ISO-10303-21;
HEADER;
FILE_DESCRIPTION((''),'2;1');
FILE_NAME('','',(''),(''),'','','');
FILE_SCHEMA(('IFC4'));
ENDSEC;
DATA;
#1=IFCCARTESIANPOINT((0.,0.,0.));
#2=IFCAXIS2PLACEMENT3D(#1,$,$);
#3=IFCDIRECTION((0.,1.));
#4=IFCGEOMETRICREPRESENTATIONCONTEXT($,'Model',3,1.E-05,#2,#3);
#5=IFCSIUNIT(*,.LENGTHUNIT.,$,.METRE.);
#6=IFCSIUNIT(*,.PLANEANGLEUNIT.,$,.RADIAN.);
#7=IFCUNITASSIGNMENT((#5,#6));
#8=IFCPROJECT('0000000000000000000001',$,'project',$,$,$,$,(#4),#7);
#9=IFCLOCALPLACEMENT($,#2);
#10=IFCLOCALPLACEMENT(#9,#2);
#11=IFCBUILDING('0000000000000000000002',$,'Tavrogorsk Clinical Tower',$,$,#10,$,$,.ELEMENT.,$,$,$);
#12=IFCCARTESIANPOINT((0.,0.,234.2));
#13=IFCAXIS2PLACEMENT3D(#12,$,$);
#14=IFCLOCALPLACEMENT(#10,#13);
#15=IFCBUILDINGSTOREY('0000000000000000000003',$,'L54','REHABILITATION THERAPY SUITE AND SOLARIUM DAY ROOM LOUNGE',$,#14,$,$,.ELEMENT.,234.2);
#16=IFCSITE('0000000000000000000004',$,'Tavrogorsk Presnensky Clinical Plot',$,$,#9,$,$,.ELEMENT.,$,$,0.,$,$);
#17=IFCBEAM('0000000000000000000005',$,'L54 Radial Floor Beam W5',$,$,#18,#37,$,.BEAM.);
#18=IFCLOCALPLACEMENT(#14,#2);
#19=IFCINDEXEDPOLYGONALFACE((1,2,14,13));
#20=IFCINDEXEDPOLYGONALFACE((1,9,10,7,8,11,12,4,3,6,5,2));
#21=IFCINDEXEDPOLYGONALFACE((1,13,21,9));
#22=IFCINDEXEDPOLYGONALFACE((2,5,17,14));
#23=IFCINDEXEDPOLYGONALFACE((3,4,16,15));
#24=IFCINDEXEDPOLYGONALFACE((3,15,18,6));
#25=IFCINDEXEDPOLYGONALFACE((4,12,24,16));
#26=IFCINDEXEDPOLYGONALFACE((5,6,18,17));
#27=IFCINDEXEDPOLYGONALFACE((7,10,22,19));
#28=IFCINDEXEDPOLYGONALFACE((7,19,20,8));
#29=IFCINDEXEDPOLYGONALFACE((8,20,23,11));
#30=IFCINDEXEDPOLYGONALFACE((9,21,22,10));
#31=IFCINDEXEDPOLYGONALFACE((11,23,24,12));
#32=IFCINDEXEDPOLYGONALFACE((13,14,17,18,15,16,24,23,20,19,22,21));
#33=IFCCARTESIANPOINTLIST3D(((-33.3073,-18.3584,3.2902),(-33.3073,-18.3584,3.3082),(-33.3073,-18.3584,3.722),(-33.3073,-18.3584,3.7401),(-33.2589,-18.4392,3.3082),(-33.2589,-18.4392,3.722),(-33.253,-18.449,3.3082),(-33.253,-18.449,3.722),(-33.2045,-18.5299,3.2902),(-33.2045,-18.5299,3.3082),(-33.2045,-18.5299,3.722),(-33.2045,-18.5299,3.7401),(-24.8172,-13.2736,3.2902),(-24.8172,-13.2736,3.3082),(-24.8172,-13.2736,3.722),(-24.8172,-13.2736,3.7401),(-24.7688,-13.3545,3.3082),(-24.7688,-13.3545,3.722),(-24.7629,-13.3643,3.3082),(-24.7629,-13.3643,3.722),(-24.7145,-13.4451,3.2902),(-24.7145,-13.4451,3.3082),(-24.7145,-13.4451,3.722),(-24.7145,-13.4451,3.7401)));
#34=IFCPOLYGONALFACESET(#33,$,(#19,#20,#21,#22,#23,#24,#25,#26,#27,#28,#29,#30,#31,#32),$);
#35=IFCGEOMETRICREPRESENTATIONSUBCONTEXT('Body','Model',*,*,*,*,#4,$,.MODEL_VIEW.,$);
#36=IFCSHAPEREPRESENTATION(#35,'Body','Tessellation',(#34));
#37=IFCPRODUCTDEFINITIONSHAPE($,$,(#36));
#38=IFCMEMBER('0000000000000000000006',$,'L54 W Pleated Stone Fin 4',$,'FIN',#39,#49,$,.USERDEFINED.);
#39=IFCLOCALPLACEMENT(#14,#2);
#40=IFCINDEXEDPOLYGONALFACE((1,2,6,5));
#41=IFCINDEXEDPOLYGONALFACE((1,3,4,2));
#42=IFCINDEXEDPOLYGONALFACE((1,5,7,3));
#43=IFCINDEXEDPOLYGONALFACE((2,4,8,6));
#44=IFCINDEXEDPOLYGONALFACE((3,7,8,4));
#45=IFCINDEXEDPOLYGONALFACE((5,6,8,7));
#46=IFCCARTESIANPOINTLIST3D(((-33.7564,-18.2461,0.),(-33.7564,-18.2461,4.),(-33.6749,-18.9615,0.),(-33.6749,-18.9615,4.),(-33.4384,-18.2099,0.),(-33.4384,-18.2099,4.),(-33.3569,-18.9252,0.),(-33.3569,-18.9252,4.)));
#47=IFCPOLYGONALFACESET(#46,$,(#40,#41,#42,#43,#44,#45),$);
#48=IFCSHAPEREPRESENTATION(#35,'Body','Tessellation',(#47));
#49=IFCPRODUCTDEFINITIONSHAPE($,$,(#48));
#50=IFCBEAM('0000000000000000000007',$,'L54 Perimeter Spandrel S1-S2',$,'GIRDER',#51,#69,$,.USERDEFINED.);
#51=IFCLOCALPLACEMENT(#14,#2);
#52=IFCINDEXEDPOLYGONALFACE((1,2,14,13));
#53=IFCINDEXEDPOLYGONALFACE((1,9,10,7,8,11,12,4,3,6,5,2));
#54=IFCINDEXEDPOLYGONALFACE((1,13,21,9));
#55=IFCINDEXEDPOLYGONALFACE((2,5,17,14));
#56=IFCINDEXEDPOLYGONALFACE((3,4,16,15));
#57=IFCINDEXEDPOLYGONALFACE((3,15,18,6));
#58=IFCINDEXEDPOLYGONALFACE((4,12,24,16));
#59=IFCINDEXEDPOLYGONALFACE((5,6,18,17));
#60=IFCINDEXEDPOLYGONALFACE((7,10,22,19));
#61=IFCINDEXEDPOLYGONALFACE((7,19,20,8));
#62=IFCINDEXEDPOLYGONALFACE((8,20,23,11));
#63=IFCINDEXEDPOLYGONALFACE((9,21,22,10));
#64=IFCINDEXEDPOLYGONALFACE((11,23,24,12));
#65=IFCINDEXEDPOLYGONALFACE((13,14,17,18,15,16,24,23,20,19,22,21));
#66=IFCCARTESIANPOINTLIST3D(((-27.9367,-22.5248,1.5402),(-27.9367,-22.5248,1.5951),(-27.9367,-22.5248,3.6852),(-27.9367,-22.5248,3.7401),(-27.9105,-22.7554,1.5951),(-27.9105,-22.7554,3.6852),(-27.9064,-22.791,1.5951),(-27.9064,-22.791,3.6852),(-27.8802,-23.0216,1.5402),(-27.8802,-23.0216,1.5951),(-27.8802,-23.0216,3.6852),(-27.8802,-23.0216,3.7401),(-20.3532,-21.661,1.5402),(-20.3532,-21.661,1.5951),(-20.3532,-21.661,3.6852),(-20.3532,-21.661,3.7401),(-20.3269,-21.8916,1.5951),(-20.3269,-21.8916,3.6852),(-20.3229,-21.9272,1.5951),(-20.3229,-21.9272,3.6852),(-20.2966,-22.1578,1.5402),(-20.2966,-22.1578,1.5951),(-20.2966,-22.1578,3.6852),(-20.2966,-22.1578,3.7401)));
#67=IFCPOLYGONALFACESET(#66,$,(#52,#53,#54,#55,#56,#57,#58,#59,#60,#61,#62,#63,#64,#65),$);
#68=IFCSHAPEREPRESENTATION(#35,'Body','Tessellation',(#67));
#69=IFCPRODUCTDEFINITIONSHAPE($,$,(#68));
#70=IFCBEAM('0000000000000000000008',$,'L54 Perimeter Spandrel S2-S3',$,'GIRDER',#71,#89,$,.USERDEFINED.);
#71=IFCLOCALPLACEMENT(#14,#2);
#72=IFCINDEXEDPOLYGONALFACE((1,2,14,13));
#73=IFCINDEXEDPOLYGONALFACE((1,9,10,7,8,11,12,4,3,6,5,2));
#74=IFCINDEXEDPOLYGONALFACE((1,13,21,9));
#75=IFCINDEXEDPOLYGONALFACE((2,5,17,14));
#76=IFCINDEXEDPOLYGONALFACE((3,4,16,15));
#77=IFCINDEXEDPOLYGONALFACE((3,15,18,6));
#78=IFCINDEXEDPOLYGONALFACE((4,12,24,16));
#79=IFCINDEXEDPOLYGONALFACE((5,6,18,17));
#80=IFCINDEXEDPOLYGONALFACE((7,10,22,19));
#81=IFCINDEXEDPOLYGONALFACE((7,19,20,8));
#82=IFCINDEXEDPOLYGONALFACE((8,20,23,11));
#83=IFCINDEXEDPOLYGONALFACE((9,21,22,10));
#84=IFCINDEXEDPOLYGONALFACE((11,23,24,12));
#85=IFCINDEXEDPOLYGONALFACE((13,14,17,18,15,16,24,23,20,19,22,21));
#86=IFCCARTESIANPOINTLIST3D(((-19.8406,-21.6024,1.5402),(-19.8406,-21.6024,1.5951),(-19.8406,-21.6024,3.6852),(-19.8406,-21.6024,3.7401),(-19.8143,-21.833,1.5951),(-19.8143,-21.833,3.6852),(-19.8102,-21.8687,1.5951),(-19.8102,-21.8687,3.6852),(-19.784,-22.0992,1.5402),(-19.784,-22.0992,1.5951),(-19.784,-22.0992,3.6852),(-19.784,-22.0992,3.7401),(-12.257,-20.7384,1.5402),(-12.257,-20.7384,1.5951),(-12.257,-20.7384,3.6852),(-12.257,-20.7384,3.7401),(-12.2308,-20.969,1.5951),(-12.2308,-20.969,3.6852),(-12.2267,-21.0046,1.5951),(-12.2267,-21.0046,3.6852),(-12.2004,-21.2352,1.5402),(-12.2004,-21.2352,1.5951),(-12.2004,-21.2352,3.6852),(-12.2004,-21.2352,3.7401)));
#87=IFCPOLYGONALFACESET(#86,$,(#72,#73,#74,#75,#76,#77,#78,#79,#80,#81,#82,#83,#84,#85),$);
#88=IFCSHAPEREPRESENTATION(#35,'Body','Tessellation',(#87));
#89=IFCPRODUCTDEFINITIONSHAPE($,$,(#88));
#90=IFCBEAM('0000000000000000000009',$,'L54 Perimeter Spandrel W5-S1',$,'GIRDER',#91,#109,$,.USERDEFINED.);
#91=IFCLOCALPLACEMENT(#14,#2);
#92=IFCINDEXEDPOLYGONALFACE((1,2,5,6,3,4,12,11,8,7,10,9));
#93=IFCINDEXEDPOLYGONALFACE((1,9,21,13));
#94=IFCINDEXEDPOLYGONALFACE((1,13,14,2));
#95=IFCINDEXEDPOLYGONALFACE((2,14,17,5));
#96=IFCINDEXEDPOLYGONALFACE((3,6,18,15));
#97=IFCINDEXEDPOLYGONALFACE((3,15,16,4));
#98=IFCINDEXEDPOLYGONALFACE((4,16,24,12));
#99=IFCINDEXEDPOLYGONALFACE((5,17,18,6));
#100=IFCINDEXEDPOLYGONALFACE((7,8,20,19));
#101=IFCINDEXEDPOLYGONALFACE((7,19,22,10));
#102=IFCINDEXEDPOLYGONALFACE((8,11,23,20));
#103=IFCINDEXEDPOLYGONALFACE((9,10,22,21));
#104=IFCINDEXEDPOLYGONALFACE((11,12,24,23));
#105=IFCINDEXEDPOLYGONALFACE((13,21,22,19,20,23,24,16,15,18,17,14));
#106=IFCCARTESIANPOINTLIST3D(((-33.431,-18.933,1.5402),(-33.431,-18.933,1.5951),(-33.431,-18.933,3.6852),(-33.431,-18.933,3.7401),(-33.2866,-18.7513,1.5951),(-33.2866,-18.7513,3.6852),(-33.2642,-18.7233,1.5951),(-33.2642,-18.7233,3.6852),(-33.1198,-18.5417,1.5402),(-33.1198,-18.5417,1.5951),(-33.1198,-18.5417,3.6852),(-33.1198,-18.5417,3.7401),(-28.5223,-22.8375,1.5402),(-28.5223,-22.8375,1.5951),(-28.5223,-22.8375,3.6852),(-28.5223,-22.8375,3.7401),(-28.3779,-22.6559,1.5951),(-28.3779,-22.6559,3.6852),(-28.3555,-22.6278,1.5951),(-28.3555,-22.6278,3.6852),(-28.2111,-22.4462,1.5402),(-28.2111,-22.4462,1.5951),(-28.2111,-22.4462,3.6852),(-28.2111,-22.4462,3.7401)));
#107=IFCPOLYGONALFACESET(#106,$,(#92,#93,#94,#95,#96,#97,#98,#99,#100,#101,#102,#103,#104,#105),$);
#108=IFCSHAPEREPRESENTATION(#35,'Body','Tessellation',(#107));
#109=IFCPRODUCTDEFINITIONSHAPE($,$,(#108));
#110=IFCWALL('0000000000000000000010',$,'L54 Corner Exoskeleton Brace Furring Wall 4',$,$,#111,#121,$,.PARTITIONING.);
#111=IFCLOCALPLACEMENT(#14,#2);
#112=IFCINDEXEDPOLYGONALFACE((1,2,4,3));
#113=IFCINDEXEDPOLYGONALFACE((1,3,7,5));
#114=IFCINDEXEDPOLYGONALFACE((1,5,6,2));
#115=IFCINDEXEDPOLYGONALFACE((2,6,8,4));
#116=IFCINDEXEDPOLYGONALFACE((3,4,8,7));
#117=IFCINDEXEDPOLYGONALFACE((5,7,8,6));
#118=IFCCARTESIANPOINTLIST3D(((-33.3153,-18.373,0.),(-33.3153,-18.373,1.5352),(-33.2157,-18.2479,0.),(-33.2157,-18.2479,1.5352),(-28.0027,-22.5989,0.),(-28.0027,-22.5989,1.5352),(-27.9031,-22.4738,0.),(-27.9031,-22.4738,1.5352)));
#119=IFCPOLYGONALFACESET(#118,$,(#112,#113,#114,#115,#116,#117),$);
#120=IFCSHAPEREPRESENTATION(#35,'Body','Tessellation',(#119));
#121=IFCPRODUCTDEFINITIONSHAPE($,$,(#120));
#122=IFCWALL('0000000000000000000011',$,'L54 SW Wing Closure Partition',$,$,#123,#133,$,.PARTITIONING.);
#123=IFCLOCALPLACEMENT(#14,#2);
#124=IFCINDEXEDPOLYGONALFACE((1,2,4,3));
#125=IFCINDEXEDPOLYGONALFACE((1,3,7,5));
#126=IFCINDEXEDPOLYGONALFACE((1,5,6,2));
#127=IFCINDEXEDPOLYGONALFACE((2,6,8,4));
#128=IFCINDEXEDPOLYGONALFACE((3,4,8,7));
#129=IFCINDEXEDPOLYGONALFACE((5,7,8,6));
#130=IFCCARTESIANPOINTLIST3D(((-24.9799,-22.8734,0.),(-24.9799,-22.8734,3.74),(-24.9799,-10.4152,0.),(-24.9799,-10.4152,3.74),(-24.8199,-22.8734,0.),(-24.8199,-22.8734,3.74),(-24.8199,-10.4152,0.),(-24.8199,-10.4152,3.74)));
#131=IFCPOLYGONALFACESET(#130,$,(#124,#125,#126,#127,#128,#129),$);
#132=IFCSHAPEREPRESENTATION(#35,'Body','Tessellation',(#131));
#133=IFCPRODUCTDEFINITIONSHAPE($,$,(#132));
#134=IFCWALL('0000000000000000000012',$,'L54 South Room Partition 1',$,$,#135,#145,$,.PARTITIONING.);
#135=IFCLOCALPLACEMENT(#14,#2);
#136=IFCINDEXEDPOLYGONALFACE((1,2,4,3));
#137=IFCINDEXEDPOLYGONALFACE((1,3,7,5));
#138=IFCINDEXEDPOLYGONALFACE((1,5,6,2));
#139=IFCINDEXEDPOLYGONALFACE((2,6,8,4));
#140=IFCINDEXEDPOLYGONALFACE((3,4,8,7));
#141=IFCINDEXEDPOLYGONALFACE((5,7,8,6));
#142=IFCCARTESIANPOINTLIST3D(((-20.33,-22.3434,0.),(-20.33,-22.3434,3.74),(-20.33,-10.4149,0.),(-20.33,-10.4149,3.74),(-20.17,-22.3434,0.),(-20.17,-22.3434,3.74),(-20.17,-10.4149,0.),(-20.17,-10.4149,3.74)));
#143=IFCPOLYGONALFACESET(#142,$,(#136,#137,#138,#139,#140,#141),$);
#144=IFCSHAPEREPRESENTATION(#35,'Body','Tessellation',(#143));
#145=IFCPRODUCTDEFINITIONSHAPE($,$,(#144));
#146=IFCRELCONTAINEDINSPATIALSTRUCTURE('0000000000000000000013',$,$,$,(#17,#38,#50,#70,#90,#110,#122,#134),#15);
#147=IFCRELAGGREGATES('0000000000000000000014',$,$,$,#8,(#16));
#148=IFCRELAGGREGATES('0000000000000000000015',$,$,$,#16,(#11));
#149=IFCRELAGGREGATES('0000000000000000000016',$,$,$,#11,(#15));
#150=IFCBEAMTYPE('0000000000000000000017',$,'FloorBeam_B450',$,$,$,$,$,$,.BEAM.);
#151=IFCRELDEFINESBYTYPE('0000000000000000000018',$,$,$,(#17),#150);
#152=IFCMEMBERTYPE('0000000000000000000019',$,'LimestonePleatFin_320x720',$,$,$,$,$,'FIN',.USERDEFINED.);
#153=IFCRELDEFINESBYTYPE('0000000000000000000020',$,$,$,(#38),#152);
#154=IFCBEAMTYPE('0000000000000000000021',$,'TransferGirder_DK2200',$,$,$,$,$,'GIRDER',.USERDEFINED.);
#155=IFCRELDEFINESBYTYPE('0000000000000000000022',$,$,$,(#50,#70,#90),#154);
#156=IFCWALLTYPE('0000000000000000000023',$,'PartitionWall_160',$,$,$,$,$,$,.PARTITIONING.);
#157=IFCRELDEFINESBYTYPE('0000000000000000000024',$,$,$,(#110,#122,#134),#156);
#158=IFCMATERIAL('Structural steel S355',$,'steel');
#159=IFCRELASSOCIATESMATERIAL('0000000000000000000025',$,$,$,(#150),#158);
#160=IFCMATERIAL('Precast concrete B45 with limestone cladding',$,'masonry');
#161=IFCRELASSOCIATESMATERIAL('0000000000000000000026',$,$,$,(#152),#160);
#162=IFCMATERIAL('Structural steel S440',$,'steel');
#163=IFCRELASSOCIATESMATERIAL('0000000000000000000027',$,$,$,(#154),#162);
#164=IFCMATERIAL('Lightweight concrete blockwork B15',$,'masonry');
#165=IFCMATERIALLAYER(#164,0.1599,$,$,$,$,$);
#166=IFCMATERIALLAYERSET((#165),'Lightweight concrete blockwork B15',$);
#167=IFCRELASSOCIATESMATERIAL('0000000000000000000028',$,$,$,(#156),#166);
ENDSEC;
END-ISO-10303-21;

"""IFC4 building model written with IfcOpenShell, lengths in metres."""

from ifc_helpers import new_model, si_unit, direction, frame, frame_2d, origin, origin_2d, place, context, subcontext, project, spatial, rectangle, i_section, extrude, material, layer, layer_set, material_profile, profile_set, type_object, element, save


model = new_model("IFC4")

# Units and contexts
model_context = context("Model", 3, precision=1e-05, world=origin(), true_north=direction((0.0, 1.0)))
body_context = subcontext(model_context, "Body", "Model", "MODEL_VIEW")
ifc_project = project(units=[si_unit("LENGTHUNIT", "METRE"), si_unit("PLANEANGLEUNIT", "RADIAN")], contexts=[model_context])

# Site, building, storey
site_placement = place(None, origin())
site = spatial("IfcSite", under=ifc_project, at=site_placement, Name="Tavrogorsk Presnensky Clinical Plot", CompositionType="ELEMENT", RefElevation=0.0)
building_placement = place(site_placement, origin())
building = spatial("IfcBuilding", under=site, at=building_placement, Name="Tavrogorsk Clinical Tower", CompositionType="ELEMENT")
storey_placement = place(building_placement, frame((0.0, 0.0, 234.2)))
storey = spatial("IfcBuildingStorey", under=building, at=storey_placement, Name="L54", Description="REHABILITATION THERAPY SUITE AND SOLARIUM DAY ROOM LOUNGE", CompositionType="ELEMENT", Elevation=234.2)

# Beam
ifc_material_1 = material(Name="Structural steel S355", Category="steel")
ifc_material_profile_1 = material_profile(ifc_material_1, i_section(OverallWidth=0.2, OverallDepth=0.45, WebThickness=0.0115, FlangeThickness=0.0181, at=origin_2d()), Name="B-450x200x11.5x18")
ifc_profile_set_1 = profile_set([ifc_material_profile_1], Name="Structural steel S355")
beam_type_1 = type_object("IfcBeamType", Name="FloorBeam_B450", PredefinedType="BEAM", material=ifc_profile_set_1)
beam_1_placement = place(storey_placement, frame((-24.7659, -13.3594, 3.5151), z_axis=(-0.857906, -0.513806, 0.0), x_axis=(0.513806, -0.857906, 0.0)))
element("IfcBeam", 1, at=beam_1_placement, inside=storey, type_object=beam_type_1, Name="L54 Radial Floor Beam W5", PredefinedType="BEAM", context=body_context, shape_type="SweptSolid", body=[
    extrude(i_section(OverallWidth=0.2, OverallDepth=0.45, WebThickness=0.0115, FlangeThickness=0.0181, at=origin_2d()), origin(), (0.0, 0.0, 1.0), 9.8962),
])

# Member
ifc_material_2 = material(Name="Precast concrete B45 with limestone cladding", Category="masonry")
ifc_material_profile_2 = material_profile(ifc_material_2, rectangle(XDim=0.3201, YDim=0.72, at=origin_2d()), Name="LIMESTONE-FIN-320x720")
ifc_profile_set_2 = profile_set([ifc_material_profile_2], Name="Precast concrete B45 with limestone cladding")
member_type_1 = type_object("IfcMemberType", Name="LimestonePleatFin_320x720", ElementType="FIN", PredefinedType="USERDEFINED", material=ifc_profile_set_2)
member_1_placement = place(storey_placement, frame((-33.5566, -18.5857, 0.0), z_axis=(0.0, 0.0, 1.0), x_axis=(0.993572, 0.113203, 0.0)))
element("IfcMember", 2, at=member_1_placement, inside=storey, type_object=member_type_1, Name="L54 W Pleated Stone Fin 4", ObjectType="FIN", PredefinedType="USERDEFINED", context=body_context, shape_type="SweptSolid", body=[
    extrude(rectangle(XDim=0.3201, YDim=0.72, at=origin_2d()), origin(), (0.0, 0.0, 1.0), 4.0),
])

# Beams
ifc_material_3 = material(Name="Structural steel S440", Category="steel")
ifc_material_profile_3 = material_profile(ifc_material_3, i_section(OverallWidth=0.5, OverallDepth=2.2, WebThickness=0.0359, FlangeThickness=0.0549, at=origin_2d()), Name="DK-2200x500x36x55")
ifc_profile_set_3 = profile_set([ifc_material_profile_3], Name="Structural steel S440")
beam_type_2 = type_object("IfcBeamType", Name="TransferGirder_DK2200", ElementType="GIRDER", PredefinedType="USERDEFINED", material=ifc_profile_set_3)
for number, where, z_axis, x_axis, name in (
    (3, (-27.9084, -22.7732, 2.6401), (0.993576, 0.113169, 0.0), (-0.113169, 0.993576, 0.0), "L54 Perimeter Spandrel S1-S2"),
    (4, (-19.8123, -21.8508, 2.6401), (0.993572, 0.113201, 0.0), (-0.113201, 0.993572, 0.0), "L54 Perimeter Spandrel S2-S3"),
):
    element("IfcBeam", number, at=place(storey_placement, frame(where, z_axis=z_axis, x_axis=x_axis)), inside=storey, type_object=beam_type_2, Name=name, ObjectType="GIRDER", PredefinedType="USERDEFINED", context=body_context, shape_type="SweptSolid", body=[
        extrude(i_section(OverallWidth=0.5, OverallDepth=2.2, WebThickness=0.0359, FlangeThickness=0.0549, at=origin_2d()), origin(), (0.0, 0.0, 1.0), 7.6326),
    ])
beam_2_placement = place(storey_placement, frame((-33.2754, -18.7373, 2.6401), z_axis=(0.782609, -0.622514, 0.0), x_axis=(0.622514, 0.782609, 0.0)))
element("IfcBeam", 5, at=beam_2_placement, inside=storey, type_object=beam_type_2, Name="L54 Perimeter Spandrel W5-S1", ObjectType="GIRDER", PredefinedType="USERDEFINED", context=body_context, shape_type="SweptSolid", body=[
    extrude(i_section(OverallWidth=0.5, OverallDepth=2.2, WebThickness=0.0359, FlangeThickness=0.0549, at=origin_2d()), origin(), (0.0, 0.0, 1.0), 6.2722),
])

# Walls
ifc_material_4 = material(Name="Lightweight concrete blockwork B15", Category="masonry")
ifc_layer_1 = layer(ifc_material_4, 0.1599)
ifc_layer_set_1 = layer_set([ifc_layer_1], Name="Lightweight concrete blockwork B15")
wall_type_1 = type_object("IfcWallType", Name="PartitionWall_160", PredefinedType="PARTITIONING", material=ifc_layer_set_1)
wall_1_placement = place(storey_placement, frame((-33.2654, -18.3105, 0.0), z_axis=(0.0, 0.0, 1.0), x_axis=(0.782603, -0.622522, 0.0)))
element("IfcWall", 6, at=wall_1_placement, inside=storey, type_object=wall_type_1, Name="L54 Corner Exoskeleton Brace Furring Wall 4", PredefinedType="PARTITIONING", context=body_context, shape_type="SweptSolid", body=[
    extrude(rectangle(XDim=6.7883, YDim=0.1599, at=frame_2d((3.394, 0.0))), origin(), (0.0, 0.0, 1.0), 1.5352),
])
wall_2_placement = place(storey_placement, frame((-24.8999, -22.8733, 0.0), z_axis=(0.0, 0.0, 1.0), x_axis=(0.0, 1.0, 0.0)))
element("IfcWall", 7, at=wall_2_placement, inside=storey, type_object=wall_type_1, Name="L54 SW Wing Closure Partition", PredefinedType="PARTITIONING", context=body_context, shape_type="SweptSolid", body=[
    extrude(rectangle(XDim=12.4583, YDim=0.1599, at=frame_2d((6.229, 0.0))), origin(), (0.0, 0.0, 1.0), 3.74),
])
wall_3_placement = place(storey_placement, frame((-20.25, -22.3435, 0.0), z_axis=(0.0, 0.0, 1.0), x_axis=(0.0, 1.0, 0.0)))
element("IfcWall", 8, at=wall_3_placement, inside=storey, type_object=wall_type_1, Name="L54 South Room Partition 1", PredefinedType="PARTITIONING", context=body_context, shape_type="SweptSolid", body=[
    extrude(rectangle(XDim=11.9285, YDim=0.1599, at=frame_2d((5.9644, 0.0))), origin(), (0.0, 0.0, 1.0), 3.74),
])

save(model, "model.ifc")
